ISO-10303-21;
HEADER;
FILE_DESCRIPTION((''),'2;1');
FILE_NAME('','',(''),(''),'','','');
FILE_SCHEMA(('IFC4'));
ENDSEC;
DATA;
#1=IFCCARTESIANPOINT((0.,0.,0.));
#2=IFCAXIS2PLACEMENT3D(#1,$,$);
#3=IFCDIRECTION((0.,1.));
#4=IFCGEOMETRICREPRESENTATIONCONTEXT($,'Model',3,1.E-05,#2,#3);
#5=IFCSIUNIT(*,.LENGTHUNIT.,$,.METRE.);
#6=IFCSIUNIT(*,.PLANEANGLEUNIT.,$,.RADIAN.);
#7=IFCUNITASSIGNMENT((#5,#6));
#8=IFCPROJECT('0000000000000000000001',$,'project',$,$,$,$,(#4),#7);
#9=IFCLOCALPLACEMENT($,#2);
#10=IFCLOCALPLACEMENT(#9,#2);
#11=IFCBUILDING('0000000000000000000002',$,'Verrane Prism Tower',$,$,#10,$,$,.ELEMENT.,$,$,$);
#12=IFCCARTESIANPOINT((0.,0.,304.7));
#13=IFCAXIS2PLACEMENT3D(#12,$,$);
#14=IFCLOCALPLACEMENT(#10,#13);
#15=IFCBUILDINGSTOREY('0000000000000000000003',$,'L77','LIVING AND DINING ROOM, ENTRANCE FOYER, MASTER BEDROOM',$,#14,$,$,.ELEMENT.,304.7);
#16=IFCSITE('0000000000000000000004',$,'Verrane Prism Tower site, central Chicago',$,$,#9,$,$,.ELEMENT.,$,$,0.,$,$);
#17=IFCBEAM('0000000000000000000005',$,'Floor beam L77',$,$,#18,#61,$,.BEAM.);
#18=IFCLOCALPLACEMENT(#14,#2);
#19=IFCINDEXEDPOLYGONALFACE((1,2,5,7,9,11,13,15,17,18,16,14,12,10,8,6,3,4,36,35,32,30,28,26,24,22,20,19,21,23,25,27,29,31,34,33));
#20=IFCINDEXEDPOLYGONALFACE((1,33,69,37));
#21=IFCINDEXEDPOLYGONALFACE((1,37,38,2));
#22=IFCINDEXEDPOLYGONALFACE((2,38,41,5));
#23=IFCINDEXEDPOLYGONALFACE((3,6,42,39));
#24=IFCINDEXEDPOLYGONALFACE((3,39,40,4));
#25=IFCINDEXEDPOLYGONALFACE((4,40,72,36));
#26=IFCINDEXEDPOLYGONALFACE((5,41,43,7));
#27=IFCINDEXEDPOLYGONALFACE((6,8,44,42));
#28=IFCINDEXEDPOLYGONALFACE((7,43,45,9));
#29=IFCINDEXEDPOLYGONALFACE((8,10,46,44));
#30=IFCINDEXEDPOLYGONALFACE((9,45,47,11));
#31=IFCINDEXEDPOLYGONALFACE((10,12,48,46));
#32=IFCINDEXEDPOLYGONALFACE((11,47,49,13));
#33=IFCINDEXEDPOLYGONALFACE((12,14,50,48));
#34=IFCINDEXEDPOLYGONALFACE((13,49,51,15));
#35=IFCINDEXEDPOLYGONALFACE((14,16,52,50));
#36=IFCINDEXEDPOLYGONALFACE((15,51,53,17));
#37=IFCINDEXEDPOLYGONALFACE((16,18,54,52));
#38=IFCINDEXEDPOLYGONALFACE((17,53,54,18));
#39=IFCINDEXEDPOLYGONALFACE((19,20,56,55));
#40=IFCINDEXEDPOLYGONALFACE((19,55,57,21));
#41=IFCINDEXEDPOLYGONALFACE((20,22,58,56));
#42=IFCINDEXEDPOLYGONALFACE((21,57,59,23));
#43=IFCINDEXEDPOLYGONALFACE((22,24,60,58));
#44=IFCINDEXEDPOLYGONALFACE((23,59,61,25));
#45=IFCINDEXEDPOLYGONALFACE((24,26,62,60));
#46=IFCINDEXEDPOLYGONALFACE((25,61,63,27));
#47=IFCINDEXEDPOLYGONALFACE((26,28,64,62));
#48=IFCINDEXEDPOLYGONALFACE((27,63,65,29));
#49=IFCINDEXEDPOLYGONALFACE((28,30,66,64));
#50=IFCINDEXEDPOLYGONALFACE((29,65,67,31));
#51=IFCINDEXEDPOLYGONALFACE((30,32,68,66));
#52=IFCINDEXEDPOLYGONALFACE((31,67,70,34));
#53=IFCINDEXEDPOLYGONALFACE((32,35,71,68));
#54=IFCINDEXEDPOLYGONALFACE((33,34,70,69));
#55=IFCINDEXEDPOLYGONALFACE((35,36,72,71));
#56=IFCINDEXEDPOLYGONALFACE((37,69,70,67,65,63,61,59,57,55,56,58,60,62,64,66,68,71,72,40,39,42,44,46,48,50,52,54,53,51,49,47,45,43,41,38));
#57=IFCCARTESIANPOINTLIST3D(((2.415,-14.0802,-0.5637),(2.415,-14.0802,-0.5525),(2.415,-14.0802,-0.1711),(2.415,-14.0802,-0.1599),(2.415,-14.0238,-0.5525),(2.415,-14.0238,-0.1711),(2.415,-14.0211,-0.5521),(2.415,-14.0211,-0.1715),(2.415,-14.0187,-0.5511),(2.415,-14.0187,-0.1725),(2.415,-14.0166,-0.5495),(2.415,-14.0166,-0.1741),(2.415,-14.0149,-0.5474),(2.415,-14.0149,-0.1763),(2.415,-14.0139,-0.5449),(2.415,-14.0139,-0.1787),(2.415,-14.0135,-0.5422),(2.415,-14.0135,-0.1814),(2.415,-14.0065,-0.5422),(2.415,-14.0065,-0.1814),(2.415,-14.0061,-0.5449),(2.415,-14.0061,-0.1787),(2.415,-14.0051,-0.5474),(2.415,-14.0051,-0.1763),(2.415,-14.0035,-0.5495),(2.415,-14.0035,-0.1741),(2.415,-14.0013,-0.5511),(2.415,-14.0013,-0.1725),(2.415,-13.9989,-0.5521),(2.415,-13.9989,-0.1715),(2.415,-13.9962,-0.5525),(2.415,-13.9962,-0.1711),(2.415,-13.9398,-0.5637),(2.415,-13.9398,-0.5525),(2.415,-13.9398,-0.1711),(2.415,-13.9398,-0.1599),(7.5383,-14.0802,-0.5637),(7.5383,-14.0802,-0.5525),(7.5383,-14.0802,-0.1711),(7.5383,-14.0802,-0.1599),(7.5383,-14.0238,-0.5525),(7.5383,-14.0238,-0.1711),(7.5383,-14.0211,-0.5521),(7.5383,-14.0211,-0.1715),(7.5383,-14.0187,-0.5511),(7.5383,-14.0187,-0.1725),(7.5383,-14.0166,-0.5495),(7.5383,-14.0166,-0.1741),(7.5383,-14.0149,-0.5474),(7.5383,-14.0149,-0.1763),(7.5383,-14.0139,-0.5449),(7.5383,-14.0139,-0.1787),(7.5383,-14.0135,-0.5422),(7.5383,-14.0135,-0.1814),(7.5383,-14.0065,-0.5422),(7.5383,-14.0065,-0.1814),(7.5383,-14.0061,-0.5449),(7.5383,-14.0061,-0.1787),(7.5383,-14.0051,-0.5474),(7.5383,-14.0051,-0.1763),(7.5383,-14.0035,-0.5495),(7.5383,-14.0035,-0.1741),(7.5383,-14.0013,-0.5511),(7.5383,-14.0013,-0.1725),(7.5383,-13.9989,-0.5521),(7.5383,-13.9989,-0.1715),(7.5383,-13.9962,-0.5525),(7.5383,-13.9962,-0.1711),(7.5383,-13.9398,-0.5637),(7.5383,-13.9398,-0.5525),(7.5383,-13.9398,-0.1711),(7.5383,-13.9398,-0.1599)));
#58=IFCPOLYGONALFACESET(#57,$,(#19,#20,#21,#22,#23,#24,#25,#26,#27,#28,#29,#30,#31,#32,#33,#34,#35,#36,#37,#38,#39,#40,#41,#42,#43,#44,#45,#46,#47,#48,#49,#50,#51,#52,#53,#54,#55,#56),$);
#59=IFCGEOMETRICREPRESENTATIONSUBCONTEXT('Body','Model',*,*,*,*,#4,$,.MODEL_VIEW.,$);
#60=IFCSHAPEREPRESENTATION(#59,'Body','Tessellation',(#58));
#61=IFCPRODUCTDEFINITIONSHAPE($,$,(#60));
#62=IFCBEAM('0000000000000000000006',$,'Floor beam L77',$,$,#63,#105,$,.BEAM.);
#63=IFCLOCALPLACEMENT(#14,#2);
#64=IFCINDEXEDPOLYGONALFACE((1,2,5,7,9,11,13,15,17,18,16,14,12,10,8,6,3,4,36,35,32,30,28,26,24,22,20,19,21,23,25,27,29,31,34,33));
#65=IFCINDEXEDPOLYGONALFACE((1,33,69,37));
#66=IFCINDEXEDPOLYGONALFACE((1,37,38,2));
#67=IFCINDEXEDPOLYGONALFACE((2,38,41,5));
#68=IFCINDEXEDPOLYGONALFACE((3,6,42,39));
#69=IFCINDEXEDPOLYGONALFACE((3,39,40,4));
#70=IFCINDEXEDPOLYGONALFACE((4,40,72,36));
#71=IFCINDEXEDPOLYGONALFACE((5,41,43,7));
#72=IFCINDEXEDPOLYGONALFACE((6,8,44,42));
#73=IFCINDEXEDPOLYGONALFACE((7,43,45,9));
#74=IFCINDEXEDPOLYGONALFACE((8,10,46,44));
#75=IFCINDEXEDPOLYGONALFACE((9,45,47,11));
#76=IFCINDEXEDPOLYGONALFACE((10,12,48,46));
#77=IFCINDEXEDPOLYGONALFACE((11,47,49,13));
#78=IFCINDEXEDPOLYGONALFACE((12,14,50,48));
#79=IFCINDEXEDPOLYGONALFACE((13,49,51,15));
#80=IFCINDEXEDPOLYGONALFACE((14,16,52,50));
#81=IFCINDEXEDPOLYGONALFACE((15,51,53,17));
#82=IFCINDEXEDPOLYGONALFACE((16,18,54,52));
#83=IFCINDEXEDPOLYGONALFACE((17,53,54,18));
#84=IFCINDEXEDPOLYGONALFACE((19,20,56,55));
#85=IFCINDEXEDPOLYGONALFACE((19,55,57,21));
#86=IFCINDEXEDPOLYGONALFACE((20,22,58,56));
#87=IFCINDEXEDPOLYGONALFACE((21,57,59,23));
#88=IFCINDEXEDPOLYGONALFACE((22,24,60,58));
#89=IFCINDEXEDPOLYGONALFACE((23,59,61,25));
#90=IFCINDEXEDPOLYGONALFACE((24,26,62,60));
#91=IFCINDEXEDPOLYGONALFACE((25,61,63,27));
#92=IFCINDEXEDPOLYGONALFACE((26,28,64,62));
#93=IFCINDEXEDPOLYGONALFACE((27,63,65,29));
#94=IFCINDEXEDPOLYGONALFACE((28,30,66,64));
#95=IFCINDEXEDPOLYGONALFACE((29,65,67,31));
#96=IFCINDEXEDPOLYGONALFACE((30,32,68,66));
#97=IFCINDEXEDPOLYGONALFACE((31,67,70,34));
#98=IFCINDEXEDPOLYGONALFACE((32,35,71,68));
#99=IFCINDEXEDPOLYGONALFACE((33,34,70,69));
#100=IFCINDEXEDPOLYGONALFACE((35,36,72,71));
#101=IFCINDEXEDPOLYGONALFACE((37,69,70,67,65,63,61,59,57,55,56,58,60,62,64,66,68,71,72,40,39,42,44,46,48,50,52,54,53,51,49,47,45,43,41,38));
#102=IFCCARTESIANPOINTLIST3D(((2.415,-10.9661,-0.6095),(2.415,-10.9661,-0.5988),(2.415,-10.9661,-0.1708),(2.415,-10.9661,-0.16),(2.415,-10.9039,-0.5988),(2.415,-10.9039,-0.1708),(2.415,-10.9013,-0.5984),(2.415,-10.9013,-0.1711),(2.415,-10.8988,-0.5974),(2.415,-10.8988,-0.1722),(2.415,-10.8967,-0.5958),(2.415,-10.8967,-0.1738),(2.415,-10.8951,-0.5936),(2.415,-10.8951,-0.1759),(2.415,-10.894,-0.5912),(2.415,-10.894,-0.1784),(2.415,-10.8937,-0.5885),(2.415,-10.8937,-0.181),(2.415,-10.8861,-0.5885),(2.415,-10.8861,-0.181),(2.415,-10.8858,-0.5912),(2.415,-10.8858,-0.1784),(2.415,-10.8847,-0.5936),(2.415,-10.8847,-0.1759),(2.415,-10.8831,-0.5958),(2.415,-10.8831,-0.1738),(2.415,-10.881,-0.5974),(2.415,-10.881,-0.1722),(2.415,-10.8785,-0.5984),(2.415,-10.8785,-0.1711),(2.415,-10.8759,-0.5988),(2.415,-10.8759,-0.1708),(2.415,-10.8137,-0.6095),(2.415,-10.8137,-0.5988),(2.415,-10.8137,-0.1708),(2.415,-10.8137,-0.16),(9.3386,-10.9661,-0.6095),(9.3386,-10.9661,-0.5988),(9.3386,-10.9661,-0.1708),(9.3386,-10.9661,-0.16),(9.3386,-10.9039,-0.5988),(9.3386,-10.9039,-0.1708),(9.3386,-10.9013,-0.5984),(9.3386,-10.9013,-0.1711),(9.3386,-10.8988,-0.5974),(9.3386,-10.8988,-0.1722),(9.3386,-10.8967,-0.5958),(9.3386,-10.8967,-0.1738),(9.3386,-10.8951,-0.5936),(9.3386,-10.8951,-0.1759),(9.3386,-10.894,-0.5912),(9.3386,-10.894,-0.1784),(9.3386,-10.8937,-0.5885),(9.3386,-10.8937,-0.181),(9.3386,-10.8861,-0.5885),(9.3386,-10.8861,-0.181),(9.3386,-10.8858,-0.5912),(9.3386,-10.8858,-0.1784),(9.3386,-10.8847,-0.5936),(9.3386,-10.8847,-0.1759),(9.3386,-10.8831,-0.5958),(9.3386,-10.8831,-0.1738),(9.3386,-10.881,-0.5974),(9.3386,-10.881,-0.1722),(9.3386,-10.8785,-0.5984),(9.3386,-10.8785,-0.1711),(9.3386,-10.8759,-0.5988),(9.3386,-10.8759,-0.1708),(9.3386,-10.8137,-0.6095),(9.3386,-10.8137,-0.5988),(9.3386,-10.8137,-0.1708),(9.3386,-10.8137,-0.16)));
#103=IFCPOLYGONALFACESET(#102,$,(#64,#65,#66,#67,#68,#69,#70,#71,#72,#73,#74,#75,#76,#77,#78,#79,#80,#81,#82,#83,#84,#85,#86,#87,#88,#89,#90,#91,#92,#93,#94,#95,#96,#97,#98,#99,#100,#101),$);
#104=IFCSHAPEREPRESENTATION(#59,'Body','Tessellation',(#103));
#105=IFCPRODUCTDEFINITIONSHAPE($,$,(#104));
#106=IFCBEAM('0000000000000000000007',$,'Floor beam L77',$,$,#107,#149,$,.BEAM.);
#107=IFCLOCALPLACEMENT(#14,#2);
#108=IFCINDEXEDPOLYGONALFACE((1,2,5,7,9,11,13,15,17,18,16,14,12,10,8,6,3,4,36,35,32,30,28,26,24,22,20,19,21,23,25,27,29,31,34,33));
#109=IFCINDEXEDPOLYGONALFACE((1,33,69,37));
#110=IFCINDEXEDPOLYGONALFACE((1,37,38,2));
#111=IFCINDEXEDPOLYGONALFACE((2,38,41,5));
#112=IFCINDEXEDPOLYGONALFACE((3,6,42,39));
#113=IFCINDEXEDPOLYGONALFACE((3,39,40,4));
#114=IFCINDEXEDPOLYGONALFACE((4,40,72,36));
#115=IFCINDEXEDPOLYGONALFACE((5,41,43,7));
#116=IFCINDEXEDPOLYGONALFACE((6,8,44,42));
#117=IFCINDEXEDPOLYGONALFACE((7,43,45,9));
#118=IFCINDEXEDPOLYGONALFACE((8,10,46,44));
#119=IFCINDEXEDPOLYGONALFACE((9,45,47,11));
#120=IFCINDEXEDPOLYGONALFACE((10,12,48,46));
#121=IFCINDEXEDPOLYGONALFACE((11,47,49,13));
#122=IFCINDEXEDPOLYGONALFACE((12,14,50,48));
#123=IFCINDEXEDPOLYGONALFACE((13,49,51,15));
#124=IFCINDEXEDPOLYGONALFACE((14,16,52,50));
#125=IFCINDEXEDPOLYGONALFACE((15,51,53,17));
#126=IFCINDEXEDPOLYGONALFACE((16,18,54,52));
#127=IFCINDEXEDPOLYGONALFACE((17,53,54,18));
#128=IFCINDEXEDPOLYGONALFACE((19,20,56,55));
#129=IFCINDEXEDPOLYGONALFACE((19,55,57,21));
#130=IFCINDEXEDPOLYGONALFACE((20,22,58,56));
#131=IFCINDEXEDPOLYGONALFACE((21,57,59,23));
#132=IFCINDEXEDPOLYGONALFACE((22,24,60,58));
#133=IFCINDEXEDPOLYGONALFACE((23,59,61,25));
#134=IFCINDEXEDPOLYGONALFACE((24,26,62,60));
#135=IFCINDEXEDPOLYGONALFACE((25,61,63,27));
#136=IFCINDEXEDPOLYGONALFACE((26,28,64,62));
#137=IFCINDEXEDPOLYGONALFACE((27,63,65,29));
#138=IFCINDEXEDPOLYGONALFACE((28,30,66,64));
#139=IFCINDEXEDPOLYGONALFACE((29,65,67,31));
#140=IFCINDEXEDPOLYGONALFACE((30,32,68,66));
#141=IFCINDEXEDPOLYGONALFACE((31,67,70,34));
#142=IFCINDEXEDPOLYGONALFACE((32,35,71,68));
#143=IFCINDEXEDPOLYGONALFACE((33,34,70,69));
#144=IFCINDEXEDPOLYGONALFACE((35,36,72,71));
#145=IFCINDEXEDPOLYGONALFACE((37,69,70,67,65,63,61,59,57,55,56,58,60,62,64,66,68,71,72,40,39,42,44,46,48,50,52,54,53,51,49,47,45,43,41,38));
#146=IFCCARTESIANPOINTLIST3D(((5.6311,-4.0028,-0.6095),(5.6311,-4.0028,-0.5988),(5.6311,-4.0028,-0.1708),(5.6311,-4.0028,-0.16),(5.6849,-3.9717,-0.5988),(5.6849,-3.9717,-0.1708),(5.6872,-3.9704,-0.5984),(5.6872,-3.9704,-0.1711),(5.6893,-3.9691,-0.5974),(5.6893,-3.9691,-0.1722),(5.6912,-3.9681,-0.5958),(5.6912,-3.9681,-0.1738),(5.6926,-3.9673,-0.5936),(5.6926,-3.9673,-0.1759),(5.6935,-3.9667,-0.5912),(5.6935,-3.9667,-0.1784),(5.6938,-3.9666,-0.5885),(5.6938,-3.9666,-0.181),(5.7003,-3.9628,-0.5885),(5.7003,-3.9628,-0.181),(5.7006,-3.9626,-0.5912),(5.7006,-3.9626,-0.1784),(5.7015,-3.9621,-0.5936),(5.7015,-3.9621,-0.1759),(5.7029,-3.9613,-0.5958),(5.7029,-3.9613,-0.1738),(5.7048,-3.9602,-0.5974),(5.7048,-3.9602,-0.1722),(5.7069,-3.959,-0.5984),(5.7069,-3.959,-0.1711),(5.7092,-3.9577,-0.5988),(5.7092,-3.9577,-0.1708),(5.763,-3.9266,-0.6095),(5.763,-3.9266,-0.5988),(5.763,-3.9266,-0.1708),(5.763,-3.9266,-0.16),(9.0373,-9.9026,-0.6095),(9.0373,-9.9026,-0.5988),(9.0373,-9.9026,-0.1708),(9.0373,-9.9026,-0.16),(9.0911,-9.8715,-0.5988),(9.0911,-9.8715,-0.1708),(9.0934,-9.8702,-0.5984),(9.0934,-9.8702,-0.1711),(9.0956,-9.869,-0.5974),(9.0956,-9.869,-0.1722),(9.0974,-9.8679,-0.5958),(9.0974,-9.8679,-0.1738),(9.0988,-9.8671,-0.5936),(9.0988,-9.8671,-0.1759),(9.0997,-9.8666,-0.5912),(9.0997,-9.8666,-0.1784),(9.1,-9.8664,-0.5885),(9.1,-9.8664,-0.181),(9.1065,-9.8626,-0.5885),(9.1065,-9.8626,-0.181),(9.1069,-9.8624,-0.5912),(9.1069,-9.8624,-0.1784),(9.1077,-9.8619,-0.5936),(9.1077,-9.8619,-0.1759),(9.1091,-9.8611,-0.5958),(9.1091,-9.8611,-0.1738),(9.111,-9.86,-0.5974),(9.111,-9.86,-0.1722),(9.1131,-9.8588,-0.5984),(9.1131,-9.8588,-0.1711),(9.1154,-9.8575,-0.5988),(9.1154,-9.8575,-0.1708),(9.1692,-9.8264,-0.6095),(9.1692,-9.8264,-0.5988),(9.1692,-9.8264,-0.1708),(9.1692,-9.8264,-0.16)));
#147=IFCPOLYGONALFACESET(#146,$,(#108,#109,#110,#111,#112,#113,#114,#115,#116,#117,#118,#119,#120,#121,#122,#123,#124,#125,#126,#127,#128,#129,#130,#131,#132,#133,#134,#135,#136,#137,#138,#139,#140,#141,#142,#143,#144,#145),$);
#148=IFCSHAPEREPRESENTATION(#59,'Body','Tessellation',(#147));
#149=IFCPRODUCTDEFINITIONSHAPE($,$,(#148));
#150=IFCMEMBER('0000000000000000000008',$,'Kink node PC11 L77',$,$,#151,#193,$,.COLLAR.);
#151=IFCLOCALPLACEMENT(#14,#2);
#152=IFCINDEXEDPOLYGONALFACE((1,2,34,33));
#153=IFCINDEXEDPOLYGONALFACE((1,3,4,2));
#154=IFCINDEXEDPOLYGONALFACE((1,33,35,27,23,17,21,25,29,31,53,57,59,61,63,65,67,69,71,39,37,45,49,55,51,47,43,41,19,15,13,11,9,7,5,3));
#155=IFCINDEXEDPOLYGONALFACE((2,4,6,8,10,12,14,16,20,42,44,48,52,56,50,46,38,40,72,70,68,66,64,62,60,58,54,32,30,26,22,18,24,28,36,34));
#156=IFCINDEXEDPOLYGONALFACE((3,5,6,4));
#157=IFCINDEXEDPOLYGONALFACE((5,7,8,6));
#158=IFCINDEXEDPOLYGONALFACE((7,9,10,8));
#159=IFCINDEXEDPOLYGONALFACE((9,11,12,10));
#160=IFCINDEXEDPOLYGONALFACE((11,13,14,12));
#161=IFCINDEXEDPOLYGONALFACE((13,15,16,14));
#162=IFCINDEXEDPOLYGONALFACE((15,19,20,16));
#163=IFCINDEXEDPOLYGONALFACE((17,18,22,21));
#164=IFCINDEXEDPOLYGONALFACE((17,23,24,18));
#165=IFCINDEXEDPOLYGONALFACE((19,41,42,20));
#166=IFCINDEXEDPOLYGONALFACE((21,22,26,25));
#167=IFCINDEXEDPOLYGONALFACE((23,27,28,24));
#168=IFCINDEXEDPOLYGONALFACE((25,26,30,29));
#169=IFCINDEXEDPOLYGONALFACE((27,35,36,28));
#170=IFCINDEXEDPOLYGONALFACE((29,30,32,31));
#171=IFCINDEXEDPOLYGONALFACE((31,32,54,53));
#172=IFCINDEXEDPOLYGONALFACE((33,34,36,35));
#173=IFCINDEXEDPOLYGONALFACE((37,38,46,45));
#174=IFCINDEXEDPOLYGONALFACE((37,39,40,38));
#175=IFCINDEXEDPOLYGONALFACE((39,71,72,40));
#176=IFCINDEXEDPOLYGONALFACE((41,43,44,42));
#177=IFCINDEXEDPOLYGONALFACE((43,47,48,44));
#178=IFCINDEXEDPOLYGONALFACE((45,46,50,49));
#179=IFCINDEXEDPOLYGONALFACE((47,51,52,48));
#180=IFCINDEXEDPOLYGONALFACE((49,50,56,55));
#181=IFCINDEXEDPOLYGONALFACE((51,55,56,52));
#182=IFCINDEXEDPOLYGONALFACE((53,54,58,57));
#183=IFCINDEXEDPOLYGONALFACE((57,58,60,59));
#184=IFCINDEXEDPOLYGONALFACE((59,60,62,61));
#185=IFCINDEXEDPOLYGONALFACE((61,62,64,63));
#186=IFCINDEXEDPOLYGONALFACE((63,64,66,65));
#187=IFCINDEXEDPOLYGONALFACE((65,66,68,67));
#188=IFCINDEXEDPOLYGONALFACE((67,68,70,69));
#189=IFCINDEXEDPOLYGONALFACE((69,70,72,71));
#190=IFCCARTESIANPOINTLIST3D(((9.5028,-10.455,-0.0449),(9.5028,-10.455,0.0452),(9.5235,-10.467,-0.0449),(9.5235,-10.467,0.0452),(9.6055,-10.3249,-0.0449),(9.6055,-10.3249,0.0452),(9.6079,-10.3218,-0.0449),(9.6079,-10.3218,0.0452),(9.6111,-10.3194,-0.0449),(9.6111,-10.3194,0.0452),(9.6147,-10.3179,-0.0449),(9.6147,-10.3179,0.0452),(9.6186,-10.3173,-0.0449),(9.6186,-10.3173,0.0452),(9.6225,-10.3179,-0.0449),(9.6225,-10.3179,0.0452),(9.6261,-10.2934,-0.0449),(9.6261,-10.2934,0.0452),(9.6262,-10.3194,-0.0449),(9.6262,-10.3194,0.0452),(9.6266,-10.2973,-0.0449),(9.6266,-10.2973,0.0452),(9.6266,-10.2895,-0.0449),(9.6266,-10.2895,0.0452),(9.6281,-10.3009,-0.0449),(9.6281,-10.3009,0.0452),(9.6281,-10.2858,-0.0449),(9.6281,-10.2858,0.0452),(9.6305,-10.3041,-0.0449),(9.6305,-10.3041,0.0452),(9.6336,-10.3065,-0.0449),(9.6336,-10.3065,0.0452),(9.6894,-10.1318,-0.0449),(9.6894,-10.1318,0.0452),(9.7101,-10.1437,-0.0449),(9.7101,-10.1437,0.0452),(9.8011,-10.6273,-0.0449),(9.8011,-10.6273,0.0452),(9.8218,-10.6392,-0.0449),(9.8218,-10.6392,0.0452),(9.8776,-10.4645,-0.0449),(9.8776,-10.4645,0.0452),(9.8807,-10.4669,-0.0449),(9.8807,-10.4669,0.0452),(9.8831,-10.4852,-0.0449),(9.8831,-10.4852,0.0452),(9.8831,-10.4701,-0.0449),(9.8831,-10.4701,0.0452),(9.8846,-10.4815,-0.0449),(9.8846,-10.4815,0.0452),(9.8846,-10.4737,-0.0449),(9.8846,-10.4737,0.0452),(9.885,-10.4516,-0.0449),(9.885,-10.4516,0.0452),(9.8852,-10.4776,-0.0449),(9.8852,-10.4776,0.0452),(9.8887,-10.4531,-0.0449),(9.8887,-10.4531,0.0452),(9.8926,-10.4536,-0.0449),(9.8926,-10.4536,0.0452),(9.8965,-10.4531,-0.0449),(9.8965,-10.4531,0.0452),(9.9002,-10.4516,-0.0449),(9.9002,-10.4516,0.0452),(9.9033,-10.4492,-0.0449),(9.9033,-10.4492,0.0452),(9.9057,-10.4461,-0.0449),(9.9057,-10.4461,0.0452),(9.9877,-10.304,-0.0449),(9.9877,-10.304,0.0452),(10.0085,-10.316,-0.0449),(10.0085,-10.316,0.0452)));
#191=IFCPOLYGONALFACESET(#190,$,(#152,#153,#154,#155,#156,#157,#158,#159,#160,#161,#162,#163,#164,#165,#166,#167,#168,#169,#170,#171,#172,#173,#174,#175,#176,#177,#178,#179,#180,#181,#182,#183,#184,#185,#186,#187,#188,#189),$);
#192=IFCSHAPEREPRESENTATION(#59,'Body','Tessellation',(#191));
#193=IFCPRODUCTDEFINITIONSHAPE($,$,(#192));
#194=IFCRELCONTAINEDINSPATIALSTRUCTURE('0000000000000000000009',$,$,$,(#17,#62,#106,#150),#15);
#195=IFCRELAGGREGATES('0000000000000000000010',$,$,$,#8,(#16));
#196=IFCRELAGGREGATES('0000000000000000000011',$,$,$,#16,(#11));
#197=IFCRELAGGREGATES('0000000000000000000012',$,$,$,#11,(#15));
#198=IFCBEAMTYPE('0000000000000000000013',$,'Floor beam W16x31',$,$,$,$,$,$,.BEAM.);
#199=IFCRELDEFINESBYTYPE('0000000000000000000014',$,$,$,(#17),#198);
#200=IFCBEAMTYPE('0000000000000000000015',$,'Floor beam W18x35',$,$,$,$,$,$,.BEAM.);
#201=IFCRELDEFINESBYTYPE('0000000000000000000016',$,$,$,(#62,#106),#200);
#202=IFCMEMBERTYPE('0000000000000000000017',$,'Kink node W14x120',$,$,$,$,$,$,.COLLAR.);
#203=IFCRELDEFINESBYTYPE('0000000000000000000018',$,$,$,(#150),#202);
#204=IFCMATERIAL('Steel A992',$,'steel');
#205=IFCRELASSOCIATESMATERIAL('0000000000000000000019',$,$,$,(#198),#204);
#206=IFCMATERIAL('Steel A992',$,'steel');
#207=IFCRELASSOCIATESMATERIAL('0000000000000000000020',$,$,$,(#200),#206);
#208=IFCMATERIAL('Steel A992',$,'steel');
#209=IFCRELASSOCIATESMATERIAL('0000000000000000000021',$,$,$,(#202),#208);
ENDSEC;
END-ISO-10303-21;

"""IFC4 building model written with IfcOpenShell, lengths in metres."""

from ifc_helpers import new_model, si_unit, direction, frame, origin, origin_2d, place, context, subcontext, project, spatial, i_section, extrude, material, material_profile, profile_set, type_object, element, save


model = new_model("IFC4")

# Units and contexts
model_context = context("Model", 3, precision=1e-05, world=origin(), true_north=direction((0.0, 1.0)))
body_context = subcontext(model_context, "Body", "Model", "MODEL_VIEW")
ifc_project = project(units=[si_unit("LENGTHUNIT", "METRE"), si_unit("PLANEANGLEUNIT", "RADIAN")], contexts=[model_context])

# Site, building, storey
site_placement = place(None, origin())
site = spatial("IfcSite", under=ifc_project, at=site_placement, Name="Verrane Prism Tower site, central Chicago", CompositionType="ELEMENT", RefElevation=0.0)
building_placement = place(site_placement, origin())
building = spatial("IfcBuilding", under=site, at=building_placement, Name="Verrane Prism Tower", CompositionType="ELEMENT")
storey_placement = place(building_placement, frame((0.0, 0.0, 304.7)))
storey = spatial("IfcBuildingStorey", under=building, at=storey_placement, Name="L77", Description="LIVING AND DINING ROOM, ENTRANCE FOYER, MASTER BEDROOM", CompositionType="ELEMENT", Elevation=304.7)

# Beams
ifc_material_1 = material(Name="Steel A992", Category="steel")
ifc_material_profile_1 = material_profile(ifc_material_1, i_section(OverallWidth=0.1404, OverallDepth=0.4038, WebThickness=0.0071, FlangeThickness=0.0112, FilletRadius=0.0103, at=origin_2d()), Name="W16x31")
ifc_profile_set_1 = profile_set([ifc_material_profile_1], Name="Steel A992")
beam_type_1 = type_object("IfcBeamType", Name="Floor beam W16x31", PredefinedType="BEAM", material=ifc_profile_set_1)
beam_1_placement = place(storey_placement, frame((2.415, -14.01, -0.3618), z_axis=(1.0, 0.0, 0.0), x_axis=(0.0, 1.0, 0.0)))
element("IfcBeam", 1, at=beam_1_placement, inside=storey, type_object=beam_type_1, Name="Floor beam L77", PredefinedType="BEAM", context=body_context, shape_type="SweptSolid", body=[
    extrude(i_section(OverallWidth=0.1404, OverallDepth=0.4038, WebThickness=0.0071, FlangeThickness=0.0112, FilletRadius=0.0103, at=origin_2d()), origin(), (0.0, 0.0, 1.0), 5.1233),
])
ifc_material_2 = material(Name="Steel A992", Category="steel")
ifc_material_profile_2 = material_profile(ifc_material_2, i_section(OverallWidth=0.1523, OverallDepth=0.4495, WebThickness=0.0076, FlangeThickness=0.0107, FilletRadius=0.0103, at=origin_2d()), Name="W18x35")
ifc_profile_set_2 = profile_set([ifc_material_profile_2], Name="Steel A992")
beam_type_2 = type_object("IfcBeamType", Name="Floor beam W18x35", PredefinedType="BEAM", material=ifc_profile_set_2)
beam_2_placement = place(storey_placement, frame((2.415, -10.8899, -0.3848), z_axis=(1.0, 0.0, 0.0), x_axis=(0.0, 1.0, 0.0)))
element("IfcBeam", 2, at=beam_2_placement, inside=storey, type_object=beam_type_2, Name="Floor beam L77", PredefinedType="BEAM", context=body_context, shape_type="SweptSolid", body=[
    extrude(i_section(OverallWidth=0.1523, OverallDepth=0.4495, WebThickness=0.0076, FlangeThickness=0.0107, FilletRadius=0.0103, at=origin_2d()), origin(), (0.0, 0.0, 1.0), 6.9236),
])
beam_3_placement = place(storey_placement, frame((9.1033, -9.8645, -0.3848), z_axis=(-0.499993, 0.866029, 0.0), x_axis=(-0.866029, -0.499993, 0.0)))
element("IfcBeam", 3, at=beam_3_placement, inside=storey, type_object=beam_type_2, Name="Floor beam L77", PredefinedType="BEAM", context=body_context, shape_type="SweptSolid", body=[
    extrude(i_section(OverallWidth=0.1523, OverallDepth=0.4495, WebThickness=0.0076, FlangeThickness=0.0107, FilletRadius=0.0103, at=origin_2d()), origin(), (0.0, 0.0, 1.0), 6.8125),
])

# Member
ifc_material_3 = material(Name="Steel A992", Category="steel")
ifc_material_profile_3 = material_profile(ifc_material_3, i_section(OverallWidth=0.3733, OverallDepth=0.3684, WebThickness=0.0149, FlangeThickness=0.0239, FilletRadius=0.0151, at=origin_2d()), Name="W14x120")
ifc_profile_set_3 = profile_set([ifc_material_profile_3], Name="Steel A992")
member_type_1 = type_object("IfcMemberType", Name="Kink node W14x120", PredefinedType="COLLAR", material=ifc_profile_set_3)
member_1_placement = place(storey_placement, frame((9.7556, -10.3855, -0.0449), z_axis=(0.0, 0.0, 1.0), x_axis=(-0.5, -0.866025, 0.0)))
element("IfcMember", 4, at=member_1_placement, inside=storey, type_object=member_type_1, Name="Kink node PC11 L77", PredefinedType="COLLAR", context=body_context, shape_type="SweptSolid", body=[
    extrude(i_section(OverallWidth=0.3733, OverallDepth=0.3684, WebThickness=0.0149, FlangeThickness=0.0239, FilletRadius=0.0151, at=origin_2d()), origin(), (0.0, 0.0, 1.0), 0.0901),
])

save(model, "model.ifc")
